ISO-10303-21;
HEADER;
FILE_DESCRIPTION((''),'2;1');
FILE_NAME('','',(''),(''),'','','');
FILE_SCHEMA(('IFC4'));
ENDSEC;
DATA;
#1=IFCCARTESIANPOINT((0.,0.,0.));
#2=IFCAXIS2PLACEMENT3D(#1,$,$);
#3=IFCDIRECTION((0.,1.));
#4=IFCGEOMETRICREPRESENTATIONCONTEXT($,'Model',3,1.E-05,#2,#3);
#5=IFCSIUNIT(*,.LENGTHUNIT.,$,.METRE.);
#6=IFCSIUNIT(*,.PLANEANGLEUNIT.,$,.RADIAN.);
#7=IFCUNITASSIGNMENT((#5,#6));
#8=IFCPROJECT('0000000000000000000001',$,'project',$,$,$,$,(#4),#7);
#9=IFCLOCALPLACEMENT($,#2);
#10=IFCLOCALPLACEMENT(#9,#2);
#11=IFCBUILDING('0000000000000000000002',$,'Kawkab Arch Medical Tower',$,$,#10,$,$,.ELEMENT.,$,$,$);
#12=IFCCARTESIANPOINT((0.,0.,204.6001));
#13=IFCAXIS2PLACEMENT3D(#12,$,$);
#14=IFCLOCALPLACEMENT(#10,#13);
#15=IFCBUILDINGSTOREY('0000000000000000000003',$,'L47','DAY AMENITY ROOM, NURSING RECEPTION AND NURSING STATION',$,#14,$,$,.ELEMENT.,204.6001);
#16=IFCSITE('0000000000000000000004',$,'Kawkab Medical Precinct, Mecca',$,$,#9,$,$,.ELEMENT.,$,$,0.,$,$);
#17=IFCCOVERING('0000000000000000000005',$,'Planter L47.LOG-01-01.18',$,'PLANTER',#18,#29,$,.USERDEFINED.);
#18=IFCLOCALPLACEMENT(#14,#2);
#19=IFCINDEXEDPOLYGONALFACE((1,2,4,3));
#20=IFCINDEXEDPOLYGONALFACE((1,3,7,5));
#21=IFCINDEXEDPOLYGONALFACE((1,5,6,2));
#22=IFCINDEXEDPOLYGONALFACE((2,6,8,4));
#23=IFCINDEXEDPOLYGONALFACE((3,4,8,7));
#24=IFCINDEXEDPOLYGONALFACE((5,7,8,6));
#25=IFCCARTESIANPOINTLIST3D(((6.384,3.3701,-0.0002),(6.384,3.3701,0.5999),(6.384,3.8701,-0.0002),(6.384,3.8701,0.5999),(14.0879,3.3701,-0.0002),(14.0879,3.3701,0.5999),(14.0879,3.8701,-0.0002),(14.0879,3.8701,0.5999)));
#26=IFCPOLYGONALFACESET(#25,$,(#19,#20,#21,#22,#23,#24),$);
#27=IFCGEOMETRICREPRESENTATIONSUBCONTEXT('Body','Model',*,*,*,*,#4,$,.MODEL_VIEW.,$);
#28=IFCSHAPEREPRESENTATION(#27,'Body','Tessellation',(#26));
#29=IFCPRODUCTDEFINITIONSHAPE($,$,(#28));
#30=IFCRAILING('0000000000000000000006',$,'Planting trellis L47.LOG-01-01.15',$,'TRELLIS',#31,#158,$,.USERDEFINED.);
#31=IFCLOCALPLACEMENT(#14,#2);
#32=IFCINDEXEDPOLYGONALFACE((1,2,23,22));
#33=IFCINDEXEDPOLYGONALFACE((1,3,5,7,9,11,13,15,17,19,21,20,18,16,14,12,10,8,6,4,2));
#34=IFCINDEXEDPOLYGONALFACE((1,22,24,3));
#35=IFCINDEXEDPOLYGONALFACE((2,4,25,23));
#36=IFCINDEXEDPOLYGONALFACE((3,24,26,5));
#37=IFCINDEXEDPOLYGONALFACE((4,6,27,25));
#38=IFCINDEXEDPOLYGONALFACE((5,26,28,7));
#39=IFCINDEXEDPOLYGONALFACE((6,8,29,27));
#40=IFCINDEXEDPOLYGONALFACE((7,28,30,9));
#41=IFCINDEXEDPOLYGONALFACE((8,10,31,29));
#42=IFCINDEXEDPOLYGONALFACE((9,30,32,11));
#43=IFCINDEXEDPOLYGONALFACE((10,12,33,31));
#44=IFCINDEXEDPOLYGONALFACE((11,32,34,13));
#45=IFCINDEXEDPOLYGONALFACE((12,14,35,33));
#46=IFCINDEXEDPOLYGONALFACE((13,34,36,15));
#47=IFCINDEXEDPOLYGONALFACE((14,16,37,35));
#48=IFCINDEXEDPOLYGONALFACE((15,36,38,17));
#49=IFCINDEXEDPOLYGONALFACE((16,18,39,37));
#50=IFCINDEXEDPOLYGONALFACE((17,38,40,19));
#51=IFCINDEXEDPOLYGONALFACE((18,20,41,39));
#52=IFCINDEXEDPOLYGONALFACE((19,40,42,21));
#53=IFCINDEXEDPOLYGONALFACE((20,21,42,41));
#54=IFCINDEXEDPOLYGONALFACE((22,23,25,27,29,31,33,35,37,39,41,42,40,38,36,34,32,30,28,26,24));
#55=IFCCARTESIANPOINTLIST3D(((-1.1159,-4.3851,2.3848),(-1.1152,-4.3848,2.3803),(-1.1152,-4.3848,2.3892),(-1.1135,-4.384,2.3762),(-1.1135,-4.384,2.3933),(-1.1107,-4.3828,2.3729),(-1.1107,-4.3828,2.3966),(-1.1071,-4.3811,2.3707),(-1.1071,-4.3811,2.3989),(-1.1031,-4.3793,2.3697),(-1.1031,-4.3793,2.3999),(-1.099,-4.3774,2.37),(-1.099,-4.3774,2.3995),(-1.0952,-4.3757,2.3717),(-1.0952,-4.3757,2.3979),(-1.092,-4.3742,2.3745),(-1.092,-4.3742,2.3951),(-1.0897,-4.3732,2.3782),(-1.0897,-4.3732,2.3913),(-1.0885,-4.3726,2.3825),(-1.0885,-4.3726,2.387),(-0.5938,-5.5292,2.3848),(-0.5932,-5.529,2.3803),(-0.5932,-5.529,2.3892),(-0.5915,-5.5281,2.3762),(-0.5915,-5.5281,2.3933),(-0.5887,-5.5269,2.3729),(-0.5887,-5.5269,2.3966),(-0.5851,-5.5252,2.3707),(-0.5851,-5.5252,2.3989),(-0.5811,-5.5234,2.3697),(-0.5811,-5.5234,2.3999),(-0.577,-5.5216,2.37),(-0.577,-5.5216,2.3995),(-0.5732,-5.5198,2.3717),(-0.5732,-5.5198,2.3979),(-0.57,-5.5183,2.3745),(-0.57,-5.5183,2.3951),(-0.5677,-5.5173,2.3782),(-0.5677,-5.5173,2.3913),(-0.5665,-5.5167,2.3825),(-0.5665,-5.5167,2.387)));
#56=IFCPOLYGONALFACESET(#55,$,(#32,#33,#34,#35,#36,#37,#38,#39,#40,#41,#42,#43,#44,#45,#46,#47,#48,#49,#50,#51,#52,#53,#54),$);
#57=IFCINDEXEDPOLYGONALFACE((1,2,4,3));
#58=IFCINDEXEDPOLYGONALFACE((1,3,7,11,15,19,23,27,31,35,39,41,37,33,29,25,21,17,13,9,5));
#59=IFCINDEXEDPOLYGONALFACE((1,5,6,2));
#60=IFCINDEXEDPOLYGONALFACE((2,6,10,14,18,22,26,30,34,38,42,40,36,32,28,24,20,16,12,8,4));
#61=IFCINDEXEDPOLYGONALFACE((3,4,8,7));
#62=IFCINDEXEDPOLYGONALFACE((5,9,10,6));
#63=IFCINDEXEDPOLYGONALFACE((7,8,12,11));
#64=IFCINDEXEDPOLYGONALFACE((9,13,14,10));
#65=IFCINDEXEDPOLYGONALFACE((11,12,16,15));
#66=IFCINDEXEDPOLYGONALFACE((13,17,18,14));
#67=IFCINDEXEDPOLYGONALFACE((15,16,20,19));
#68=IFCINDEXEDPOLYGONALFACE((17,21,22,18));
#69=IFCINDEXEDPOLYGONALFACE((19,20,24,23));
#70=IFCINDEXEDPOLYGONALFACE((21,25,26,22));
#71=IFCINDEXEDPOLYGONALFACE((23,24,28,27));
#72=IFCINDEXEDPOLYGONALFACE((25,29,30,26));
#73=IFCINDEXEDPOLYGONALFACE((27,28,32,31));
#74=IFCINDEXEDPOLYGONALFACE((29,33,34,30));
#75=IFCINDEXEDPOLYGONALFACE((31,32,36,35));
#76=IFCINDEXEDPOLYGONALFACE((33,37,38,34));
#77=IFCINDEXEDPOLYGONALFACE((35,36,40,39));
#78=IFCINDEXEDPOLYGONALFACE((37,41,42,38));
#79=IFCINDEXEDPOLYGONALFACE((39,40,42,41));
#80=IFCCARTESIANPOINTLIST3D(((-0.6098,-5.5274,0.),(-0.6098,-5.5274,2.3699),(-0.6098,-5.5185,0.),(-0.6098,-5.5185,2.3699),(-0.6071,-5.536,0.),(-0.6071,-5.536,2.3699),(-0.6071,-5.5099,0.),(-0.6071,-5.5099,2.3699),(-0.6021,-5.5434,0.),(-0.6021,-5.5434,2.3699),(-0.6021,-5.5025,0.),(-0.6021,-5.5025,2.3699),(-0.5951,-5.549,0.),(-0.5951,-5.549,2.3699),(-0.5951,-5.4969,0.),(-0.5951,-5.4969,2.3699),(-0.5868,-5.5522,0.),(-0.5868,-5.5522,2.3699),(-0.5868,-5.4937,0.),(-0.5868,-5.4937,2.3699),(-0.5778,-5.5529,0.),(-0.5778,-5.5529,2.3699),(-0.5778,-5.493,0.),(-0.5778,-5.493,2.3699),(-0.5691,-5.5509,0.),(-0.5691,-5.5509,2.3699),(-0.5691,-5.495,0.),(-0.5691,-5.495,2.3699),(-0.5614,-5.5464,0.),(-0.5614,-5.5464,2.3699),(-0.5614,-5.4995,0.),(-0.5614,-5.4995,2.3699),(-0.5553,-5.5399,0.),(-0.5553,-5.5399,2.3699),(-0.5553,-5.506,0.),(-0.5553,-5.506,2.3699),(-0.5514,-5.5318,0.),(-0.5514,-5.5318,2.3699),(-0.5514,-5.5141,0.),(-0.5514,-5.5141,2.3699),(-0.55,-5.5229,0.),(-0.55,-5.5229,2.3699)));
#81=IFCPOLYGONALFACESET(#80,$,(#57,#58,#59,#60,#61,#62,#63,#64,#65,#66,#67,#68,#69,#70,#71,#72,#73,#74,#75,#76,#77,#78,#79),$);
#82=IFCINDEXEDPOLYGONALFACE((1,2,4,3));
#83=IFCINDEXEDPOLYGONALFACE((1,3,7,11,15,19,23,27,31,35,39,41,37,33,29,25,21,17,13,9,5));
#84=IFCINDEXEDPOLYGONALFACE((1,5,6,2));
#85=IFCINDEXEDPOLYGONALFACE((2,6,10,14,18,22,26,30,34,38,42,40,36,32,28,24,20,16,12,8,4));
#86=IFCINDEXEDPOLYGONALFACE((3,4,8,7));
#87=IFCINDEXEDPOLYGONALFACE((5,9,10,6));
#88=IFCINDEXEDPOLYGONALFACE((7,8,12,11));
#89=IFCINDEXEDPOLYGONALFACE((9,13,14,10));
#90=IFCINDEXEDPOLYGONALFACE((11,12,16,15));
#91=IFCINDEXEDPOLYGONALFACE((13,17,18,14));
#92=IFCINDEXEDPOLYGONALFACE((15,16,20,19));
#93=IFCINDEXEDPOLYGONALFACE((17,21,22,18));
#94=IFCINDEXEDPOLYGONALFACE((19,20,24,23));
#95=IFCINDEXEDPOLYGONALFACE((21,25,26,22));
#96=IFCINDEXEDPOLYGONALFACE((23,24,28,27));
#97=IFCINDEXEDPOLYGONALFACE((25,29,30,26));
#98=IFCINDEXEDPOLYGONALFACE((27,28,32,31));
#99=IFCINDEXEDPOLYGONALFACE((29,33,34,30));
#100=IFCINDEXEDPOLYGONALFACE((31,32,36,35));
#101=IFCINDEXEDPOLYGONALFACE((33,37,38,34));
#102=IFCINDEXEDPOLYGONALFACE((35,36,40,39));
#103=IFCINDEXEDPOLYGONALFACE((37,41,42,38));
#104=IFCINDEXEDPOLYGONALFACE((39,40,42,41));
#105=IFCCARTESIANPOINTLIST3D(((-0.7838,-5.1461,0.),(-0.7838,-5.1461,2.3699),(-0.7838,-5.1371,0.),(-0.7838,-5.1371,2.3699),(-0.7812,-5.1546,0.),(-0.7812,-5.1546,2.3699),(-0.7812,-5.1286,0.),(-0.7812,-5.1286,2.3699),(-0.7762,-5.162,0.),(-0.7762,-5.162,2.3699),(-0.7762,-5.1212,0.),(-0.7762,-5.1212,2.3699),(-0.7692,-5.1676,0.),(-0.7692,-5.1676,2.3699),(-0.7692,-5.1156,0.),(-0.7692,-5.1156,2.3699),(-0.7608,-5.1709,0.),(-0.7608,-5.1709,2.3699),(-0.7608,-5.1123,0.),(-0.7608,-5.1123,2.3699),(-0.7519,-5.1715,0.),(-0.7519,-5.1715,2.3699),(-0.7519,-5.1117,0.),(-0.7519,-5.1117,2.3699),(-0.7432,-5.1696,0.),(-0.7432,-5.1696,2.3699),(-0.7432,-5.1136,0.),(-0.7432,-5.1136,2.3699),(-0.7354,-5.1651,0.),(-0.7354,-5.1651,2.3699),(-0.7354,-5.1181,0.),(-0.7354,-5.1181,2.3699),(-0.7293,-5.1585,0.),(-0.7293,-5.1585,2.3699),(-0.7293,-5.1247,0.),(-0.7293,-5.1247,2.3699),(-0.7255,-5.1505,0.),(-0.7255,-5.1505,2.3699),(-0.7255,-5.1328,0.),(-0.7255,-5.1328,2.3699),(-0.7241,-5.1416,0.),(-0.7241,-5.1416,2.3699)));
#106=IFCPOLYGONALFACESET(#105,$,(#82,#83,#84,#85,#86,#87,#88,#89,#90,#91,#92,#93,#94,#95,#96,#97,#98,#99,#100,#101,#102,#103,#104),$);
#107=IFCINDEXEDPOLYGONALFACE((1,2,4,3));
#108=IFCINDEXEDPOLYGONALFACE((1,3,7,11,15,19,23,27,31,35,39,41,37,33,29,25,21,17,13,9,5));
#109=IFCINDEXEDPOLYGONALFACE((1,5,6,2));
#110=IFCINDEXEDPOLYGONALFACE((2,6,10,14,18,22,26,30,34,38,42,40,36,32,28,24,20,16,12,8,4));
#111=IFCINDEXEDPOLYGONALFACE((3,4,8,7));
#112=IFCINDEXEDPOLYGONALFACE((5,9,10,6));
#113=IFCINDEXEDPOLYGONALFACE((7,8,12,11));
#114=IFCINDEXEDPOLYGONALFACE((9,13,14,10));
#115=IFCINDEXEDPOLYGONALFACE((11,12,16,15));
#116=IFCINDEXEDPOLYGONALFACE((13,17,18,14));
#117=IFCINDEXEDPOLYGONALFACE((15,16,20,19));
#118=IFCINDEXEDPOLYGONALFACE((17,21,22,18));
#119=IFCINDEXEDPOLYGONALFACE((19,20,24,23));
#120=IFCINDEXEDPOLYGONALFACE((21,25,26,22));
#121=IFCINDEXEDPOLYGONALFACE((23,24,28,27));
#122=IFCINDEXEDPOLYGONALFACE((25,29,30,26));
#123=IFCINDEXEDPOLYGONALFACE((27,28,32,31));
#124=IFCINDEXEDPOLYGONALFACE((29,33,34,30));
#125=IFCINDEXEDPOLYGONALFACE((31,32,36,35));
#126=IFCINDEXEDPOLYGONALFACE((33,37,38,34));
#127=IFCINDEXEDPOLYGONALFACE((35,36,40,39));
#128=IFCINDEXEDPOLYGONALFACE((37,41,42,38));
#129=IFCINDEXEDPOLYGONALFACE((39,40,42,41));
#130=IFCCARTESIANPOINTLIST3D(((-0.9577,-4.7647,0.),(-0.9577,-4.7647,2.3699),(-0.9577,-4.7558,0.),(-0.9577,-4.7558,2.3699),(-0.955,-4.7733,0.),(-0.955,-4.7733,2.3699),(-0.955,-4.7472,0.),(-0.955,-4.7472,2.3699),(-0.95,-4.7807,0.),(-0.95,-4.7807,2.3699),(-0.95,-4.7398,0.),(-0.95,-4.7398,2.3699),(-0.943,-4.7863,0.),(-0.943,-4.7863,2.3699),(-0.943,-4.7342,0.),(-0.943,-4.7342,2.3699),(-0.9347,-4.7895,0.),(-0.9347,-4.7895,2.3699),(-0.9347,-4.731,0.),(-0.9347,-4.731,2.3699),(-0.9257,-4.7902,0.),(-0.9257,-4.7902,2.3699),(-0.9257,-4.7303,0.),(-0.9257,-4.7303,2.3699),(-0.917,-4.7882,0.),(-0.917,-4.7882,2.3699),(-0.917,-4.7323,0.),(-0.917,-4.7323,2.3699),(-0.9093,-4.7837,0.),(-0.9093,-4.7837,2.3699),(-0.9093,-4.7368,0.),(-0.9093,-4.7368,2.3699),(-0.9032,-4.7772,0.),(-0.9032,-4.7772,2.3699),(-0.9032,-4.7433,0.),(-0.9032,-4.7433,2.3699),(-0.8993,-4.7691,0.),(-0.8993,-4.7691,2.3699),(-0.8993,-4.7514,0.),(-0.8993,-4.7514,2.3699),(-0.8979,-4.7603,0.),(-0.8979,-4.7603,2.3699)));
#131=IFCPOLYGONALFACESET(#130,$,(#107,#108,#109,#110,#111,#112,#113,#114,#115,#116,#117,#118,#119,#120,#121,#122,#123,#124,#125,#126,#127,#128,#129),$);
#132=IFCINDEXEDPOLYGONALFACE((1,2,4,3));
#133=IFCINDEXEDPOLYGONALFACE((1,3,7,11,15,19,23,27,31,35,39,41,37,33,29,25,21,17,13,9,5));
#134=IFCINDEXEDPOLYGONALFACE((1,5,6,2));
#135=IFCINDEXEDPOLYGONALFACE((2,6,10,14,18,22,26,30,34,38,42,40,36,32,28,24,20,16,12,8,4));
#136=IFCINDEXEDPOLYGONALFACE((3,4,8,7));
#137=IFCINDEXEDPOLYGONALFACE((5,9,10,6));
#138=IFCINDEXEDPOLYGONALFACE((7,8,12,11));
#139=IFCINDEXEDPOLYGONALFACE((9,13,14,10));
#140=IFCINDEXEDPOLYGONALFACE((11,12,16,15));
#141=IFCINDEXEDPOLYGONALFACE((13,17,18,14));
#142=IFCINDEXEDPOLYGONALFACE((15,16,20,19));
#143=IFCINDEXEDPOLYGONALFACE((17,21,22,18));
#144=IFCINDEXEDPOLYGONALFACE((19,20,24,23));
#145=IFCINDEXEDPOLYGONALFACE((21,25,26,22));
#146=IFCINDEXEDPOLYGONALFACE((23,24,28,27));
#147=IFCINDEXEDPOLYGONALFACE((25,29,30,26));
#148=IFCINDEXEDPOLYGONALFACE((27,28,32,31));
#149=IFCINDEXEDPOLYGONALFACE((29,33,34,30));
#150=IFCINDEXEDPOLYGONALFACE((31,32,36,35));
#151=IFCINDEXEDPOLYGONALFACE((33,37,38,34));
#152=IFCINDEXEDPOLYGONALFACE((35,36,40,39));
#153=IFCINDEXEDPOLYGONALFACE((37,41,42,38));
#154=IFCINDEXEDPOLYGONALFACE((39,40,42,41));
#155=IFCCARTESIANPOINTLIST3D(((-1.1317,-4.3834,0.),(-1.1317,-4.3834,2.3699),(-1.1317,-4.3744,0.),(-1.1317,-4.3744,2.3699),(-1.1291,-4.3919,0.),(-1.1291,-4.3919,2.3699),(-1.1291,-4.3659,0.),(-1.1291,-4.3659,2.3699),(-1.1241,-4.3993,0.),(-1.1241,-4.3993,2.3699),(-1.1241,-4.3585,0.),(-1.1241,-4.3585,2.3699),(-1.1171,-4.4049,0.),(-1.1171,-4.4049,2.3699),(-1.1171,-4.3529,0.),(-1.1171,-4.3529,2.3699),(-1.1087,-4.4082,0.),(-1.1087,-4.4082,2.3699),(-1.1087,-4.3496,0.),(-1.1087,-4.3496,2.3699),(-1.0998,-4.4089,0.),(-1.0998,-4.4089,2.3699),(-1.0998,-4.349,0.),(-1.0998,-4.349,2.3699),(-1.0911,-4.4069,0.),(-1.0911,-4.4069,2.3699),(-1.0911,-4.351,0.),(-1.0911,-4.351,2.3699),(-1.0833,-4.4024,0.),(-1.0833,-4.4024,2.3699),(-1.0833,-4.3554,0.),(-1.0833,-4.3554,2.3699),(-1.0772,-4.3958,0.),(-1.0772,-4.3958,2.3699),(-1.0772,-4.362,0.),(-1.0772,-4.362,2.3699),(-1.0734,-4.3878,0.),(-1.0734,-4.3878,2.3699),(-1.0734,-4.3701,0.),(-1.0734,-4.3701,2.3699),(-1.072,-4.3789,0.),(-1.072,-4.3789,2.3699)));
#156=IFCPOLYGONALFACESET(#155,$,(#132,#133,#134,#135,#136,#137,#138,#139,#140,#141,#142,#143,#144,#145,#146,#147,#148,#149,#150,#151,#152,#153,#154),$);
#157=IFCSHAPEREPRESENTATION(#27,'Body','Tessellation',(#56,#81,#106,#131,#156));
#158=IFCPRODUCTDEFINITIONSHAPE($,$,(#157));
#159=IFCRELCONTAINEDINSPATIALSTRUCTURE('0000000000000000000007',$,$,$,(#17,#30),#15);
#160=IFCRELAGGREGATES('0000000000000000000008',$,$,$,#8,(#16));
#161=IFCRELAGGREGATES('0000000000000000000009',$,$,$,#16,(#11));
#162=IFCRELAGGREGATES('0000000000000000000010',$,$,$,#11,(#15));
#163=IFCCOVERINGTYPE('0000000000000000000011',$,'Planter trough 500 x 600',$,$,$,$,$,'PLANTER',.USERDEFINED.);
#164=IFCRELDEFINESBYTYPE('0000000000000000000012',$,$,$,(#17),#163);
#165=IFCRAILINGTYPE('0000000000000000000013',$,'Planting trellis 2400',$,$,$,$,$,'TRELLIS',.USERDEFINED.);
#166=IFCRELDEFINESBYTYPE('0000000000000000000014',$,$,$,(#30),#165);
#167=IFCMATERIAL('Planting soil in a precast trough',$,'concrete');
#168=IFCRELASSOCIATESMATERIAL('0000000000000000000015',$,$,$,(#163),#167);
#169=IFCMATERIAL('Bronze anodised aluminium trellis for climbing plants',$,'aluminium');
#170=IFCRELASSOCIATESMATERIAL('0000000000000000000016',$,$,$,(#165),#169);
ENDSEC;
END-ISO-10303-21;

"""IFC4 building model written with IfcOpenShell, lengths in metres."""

from ifc_helpers import new_model, si_unit, direction, frame, origin, origin_2d, place, context, subcontext, project, spatial, rectangle, circle, extrude, material, material_profile, profile_set, type_object, element, save


model = new_model("IFC4")

# Units and contexts
model_context = context("Model", 3, precision=1e-05, world=origin(), true_north=direction((0.0, 1.0)))
body_context = subcontext(model_context, "Body", "Model", "MODEL_VIEW")
ifc_project = project(units=[si_unit("LENGTHUNIT", "METRE"), si_unit("PLANEANGLEUNIT", "RADIAN")], contexts=[model_context])

# Site, building, storey
site_placement = place(None, origin())
site = spatial("IfcSite", under=ifc_project, at=site_placement, Name="Kawkab Medical Precinct, Mecca", CompositionType="ELEMENT", RefElevation=0.0)
building_placement = place(site_placement, origin())
building = spatial("IfcBuilding", under=site, at=building_placement, Name="Kawkab Arch Medical Tower", CompositionType="ELEMENT")
storey_placement = place(building_placement, frame((0.0, 0.0, 204.6001)))
storey = spatial("IfcBuildingStorey", under=building, at=storey_placement, Name="L47", Description="DAY AMENITY ROOM, NURSING RECEPTION AND NURSING STATION", CompositionType="ELEMENT", Elevation=204.6001)

# Covering
ifc_material_1 = material(Name="Planting soil in a precast trough", Category="concrete")
ifc_material_profile_1 = material_profile(ifc_material_1, rectangle(XDim=0.5, YDim=0.6001, at=origin_2d()), Name="Trough 500x600")
ifc_profile_set_1 = profile_set([ifc_material_profile_1], Name="Planting soil in a precast trough")
covering_type = type_object("IfcCoveringType", Name="Planter trough 500 x 600", ElementType="PLANTER", PredefinedType="USERDEFINED", material=ifc_profile_set_1)
covering_1_placement = place(storey_placement, frame((6.384, 3.6201, 0.2998), z_axis=(1.0, 0.0, 0.0), x_axis=(0.0, 1.0, 0.0)))
element("IfcCovering", 1, at=covering_1_placement, inside=storey, type_object=covering_type, Name="Planter L47.LOG-01-01.18", ObjectType="PLANTER", PredefinedType="USERDEFINED", context=body_context, shape_type="SweptSolid", body=[
    extrude(rectangle(XDim=0.5, YDim=0.6001, at=origin_2d()), origin(), (0.0, 0.0, 1.0), 7.7039),
])

# Railing
ifc_material_2 = material(Name="Bronze anodised aluminium trellis for climbing plants", Category="aluminium")
railing_type = type_object("IfcRailingType", Name="Planting trellis 2400", ElementType="TRELLIS", PredefinedType="USERDEFINED", material=ifc_material_2)
railing_1_placement = place(storey_placement, frame((-0.5801, -5.5229, 0.0)))
element("IfcRailing", 2, at=railing_1_placement, inside=storey, type_object=railing_type, Name="Planting trellis L47.LOG-01-01.15", ObjectType="TRELLIS", PredefinedType="USERDEFINED", context=body_context, shape_type="SweptSolid", body=[
    extrude(circle(Radius=0.0151, at=origin_2d()), frame((0.0, 0.0, 2.3848), z_axis=(-0.41509, 0.90978, 0.0), x_axis=(-0.90978, -0.41509, 0.0)), (0.0, 0.0, 1.0), 1.2576),
    extrude(circle(Radius=0.03, at=origin_2d()), origin(), (0.0, 0.0, 1.0), 2.3699),
    extrude(circle(Radius=0.03, at=origin_2d()), frame((-0.1741, 0.3813, 0.0)), (0.0, 0.0, 1.0), 2.3699),
    extrude(circle(Radius=0.03, at=origin_2d()), frame((-0.3479, 0.7627, 0.0)), (0.0, 0.0, 1.0), 2.3699),
    extrude(circle(Radius=0.03, at=origin_2d()), frame((-0.522, 1.144, 0.0)), (0.0, 0.0, 1.0), 2.3699),
])

save(model, "model.ifc")
